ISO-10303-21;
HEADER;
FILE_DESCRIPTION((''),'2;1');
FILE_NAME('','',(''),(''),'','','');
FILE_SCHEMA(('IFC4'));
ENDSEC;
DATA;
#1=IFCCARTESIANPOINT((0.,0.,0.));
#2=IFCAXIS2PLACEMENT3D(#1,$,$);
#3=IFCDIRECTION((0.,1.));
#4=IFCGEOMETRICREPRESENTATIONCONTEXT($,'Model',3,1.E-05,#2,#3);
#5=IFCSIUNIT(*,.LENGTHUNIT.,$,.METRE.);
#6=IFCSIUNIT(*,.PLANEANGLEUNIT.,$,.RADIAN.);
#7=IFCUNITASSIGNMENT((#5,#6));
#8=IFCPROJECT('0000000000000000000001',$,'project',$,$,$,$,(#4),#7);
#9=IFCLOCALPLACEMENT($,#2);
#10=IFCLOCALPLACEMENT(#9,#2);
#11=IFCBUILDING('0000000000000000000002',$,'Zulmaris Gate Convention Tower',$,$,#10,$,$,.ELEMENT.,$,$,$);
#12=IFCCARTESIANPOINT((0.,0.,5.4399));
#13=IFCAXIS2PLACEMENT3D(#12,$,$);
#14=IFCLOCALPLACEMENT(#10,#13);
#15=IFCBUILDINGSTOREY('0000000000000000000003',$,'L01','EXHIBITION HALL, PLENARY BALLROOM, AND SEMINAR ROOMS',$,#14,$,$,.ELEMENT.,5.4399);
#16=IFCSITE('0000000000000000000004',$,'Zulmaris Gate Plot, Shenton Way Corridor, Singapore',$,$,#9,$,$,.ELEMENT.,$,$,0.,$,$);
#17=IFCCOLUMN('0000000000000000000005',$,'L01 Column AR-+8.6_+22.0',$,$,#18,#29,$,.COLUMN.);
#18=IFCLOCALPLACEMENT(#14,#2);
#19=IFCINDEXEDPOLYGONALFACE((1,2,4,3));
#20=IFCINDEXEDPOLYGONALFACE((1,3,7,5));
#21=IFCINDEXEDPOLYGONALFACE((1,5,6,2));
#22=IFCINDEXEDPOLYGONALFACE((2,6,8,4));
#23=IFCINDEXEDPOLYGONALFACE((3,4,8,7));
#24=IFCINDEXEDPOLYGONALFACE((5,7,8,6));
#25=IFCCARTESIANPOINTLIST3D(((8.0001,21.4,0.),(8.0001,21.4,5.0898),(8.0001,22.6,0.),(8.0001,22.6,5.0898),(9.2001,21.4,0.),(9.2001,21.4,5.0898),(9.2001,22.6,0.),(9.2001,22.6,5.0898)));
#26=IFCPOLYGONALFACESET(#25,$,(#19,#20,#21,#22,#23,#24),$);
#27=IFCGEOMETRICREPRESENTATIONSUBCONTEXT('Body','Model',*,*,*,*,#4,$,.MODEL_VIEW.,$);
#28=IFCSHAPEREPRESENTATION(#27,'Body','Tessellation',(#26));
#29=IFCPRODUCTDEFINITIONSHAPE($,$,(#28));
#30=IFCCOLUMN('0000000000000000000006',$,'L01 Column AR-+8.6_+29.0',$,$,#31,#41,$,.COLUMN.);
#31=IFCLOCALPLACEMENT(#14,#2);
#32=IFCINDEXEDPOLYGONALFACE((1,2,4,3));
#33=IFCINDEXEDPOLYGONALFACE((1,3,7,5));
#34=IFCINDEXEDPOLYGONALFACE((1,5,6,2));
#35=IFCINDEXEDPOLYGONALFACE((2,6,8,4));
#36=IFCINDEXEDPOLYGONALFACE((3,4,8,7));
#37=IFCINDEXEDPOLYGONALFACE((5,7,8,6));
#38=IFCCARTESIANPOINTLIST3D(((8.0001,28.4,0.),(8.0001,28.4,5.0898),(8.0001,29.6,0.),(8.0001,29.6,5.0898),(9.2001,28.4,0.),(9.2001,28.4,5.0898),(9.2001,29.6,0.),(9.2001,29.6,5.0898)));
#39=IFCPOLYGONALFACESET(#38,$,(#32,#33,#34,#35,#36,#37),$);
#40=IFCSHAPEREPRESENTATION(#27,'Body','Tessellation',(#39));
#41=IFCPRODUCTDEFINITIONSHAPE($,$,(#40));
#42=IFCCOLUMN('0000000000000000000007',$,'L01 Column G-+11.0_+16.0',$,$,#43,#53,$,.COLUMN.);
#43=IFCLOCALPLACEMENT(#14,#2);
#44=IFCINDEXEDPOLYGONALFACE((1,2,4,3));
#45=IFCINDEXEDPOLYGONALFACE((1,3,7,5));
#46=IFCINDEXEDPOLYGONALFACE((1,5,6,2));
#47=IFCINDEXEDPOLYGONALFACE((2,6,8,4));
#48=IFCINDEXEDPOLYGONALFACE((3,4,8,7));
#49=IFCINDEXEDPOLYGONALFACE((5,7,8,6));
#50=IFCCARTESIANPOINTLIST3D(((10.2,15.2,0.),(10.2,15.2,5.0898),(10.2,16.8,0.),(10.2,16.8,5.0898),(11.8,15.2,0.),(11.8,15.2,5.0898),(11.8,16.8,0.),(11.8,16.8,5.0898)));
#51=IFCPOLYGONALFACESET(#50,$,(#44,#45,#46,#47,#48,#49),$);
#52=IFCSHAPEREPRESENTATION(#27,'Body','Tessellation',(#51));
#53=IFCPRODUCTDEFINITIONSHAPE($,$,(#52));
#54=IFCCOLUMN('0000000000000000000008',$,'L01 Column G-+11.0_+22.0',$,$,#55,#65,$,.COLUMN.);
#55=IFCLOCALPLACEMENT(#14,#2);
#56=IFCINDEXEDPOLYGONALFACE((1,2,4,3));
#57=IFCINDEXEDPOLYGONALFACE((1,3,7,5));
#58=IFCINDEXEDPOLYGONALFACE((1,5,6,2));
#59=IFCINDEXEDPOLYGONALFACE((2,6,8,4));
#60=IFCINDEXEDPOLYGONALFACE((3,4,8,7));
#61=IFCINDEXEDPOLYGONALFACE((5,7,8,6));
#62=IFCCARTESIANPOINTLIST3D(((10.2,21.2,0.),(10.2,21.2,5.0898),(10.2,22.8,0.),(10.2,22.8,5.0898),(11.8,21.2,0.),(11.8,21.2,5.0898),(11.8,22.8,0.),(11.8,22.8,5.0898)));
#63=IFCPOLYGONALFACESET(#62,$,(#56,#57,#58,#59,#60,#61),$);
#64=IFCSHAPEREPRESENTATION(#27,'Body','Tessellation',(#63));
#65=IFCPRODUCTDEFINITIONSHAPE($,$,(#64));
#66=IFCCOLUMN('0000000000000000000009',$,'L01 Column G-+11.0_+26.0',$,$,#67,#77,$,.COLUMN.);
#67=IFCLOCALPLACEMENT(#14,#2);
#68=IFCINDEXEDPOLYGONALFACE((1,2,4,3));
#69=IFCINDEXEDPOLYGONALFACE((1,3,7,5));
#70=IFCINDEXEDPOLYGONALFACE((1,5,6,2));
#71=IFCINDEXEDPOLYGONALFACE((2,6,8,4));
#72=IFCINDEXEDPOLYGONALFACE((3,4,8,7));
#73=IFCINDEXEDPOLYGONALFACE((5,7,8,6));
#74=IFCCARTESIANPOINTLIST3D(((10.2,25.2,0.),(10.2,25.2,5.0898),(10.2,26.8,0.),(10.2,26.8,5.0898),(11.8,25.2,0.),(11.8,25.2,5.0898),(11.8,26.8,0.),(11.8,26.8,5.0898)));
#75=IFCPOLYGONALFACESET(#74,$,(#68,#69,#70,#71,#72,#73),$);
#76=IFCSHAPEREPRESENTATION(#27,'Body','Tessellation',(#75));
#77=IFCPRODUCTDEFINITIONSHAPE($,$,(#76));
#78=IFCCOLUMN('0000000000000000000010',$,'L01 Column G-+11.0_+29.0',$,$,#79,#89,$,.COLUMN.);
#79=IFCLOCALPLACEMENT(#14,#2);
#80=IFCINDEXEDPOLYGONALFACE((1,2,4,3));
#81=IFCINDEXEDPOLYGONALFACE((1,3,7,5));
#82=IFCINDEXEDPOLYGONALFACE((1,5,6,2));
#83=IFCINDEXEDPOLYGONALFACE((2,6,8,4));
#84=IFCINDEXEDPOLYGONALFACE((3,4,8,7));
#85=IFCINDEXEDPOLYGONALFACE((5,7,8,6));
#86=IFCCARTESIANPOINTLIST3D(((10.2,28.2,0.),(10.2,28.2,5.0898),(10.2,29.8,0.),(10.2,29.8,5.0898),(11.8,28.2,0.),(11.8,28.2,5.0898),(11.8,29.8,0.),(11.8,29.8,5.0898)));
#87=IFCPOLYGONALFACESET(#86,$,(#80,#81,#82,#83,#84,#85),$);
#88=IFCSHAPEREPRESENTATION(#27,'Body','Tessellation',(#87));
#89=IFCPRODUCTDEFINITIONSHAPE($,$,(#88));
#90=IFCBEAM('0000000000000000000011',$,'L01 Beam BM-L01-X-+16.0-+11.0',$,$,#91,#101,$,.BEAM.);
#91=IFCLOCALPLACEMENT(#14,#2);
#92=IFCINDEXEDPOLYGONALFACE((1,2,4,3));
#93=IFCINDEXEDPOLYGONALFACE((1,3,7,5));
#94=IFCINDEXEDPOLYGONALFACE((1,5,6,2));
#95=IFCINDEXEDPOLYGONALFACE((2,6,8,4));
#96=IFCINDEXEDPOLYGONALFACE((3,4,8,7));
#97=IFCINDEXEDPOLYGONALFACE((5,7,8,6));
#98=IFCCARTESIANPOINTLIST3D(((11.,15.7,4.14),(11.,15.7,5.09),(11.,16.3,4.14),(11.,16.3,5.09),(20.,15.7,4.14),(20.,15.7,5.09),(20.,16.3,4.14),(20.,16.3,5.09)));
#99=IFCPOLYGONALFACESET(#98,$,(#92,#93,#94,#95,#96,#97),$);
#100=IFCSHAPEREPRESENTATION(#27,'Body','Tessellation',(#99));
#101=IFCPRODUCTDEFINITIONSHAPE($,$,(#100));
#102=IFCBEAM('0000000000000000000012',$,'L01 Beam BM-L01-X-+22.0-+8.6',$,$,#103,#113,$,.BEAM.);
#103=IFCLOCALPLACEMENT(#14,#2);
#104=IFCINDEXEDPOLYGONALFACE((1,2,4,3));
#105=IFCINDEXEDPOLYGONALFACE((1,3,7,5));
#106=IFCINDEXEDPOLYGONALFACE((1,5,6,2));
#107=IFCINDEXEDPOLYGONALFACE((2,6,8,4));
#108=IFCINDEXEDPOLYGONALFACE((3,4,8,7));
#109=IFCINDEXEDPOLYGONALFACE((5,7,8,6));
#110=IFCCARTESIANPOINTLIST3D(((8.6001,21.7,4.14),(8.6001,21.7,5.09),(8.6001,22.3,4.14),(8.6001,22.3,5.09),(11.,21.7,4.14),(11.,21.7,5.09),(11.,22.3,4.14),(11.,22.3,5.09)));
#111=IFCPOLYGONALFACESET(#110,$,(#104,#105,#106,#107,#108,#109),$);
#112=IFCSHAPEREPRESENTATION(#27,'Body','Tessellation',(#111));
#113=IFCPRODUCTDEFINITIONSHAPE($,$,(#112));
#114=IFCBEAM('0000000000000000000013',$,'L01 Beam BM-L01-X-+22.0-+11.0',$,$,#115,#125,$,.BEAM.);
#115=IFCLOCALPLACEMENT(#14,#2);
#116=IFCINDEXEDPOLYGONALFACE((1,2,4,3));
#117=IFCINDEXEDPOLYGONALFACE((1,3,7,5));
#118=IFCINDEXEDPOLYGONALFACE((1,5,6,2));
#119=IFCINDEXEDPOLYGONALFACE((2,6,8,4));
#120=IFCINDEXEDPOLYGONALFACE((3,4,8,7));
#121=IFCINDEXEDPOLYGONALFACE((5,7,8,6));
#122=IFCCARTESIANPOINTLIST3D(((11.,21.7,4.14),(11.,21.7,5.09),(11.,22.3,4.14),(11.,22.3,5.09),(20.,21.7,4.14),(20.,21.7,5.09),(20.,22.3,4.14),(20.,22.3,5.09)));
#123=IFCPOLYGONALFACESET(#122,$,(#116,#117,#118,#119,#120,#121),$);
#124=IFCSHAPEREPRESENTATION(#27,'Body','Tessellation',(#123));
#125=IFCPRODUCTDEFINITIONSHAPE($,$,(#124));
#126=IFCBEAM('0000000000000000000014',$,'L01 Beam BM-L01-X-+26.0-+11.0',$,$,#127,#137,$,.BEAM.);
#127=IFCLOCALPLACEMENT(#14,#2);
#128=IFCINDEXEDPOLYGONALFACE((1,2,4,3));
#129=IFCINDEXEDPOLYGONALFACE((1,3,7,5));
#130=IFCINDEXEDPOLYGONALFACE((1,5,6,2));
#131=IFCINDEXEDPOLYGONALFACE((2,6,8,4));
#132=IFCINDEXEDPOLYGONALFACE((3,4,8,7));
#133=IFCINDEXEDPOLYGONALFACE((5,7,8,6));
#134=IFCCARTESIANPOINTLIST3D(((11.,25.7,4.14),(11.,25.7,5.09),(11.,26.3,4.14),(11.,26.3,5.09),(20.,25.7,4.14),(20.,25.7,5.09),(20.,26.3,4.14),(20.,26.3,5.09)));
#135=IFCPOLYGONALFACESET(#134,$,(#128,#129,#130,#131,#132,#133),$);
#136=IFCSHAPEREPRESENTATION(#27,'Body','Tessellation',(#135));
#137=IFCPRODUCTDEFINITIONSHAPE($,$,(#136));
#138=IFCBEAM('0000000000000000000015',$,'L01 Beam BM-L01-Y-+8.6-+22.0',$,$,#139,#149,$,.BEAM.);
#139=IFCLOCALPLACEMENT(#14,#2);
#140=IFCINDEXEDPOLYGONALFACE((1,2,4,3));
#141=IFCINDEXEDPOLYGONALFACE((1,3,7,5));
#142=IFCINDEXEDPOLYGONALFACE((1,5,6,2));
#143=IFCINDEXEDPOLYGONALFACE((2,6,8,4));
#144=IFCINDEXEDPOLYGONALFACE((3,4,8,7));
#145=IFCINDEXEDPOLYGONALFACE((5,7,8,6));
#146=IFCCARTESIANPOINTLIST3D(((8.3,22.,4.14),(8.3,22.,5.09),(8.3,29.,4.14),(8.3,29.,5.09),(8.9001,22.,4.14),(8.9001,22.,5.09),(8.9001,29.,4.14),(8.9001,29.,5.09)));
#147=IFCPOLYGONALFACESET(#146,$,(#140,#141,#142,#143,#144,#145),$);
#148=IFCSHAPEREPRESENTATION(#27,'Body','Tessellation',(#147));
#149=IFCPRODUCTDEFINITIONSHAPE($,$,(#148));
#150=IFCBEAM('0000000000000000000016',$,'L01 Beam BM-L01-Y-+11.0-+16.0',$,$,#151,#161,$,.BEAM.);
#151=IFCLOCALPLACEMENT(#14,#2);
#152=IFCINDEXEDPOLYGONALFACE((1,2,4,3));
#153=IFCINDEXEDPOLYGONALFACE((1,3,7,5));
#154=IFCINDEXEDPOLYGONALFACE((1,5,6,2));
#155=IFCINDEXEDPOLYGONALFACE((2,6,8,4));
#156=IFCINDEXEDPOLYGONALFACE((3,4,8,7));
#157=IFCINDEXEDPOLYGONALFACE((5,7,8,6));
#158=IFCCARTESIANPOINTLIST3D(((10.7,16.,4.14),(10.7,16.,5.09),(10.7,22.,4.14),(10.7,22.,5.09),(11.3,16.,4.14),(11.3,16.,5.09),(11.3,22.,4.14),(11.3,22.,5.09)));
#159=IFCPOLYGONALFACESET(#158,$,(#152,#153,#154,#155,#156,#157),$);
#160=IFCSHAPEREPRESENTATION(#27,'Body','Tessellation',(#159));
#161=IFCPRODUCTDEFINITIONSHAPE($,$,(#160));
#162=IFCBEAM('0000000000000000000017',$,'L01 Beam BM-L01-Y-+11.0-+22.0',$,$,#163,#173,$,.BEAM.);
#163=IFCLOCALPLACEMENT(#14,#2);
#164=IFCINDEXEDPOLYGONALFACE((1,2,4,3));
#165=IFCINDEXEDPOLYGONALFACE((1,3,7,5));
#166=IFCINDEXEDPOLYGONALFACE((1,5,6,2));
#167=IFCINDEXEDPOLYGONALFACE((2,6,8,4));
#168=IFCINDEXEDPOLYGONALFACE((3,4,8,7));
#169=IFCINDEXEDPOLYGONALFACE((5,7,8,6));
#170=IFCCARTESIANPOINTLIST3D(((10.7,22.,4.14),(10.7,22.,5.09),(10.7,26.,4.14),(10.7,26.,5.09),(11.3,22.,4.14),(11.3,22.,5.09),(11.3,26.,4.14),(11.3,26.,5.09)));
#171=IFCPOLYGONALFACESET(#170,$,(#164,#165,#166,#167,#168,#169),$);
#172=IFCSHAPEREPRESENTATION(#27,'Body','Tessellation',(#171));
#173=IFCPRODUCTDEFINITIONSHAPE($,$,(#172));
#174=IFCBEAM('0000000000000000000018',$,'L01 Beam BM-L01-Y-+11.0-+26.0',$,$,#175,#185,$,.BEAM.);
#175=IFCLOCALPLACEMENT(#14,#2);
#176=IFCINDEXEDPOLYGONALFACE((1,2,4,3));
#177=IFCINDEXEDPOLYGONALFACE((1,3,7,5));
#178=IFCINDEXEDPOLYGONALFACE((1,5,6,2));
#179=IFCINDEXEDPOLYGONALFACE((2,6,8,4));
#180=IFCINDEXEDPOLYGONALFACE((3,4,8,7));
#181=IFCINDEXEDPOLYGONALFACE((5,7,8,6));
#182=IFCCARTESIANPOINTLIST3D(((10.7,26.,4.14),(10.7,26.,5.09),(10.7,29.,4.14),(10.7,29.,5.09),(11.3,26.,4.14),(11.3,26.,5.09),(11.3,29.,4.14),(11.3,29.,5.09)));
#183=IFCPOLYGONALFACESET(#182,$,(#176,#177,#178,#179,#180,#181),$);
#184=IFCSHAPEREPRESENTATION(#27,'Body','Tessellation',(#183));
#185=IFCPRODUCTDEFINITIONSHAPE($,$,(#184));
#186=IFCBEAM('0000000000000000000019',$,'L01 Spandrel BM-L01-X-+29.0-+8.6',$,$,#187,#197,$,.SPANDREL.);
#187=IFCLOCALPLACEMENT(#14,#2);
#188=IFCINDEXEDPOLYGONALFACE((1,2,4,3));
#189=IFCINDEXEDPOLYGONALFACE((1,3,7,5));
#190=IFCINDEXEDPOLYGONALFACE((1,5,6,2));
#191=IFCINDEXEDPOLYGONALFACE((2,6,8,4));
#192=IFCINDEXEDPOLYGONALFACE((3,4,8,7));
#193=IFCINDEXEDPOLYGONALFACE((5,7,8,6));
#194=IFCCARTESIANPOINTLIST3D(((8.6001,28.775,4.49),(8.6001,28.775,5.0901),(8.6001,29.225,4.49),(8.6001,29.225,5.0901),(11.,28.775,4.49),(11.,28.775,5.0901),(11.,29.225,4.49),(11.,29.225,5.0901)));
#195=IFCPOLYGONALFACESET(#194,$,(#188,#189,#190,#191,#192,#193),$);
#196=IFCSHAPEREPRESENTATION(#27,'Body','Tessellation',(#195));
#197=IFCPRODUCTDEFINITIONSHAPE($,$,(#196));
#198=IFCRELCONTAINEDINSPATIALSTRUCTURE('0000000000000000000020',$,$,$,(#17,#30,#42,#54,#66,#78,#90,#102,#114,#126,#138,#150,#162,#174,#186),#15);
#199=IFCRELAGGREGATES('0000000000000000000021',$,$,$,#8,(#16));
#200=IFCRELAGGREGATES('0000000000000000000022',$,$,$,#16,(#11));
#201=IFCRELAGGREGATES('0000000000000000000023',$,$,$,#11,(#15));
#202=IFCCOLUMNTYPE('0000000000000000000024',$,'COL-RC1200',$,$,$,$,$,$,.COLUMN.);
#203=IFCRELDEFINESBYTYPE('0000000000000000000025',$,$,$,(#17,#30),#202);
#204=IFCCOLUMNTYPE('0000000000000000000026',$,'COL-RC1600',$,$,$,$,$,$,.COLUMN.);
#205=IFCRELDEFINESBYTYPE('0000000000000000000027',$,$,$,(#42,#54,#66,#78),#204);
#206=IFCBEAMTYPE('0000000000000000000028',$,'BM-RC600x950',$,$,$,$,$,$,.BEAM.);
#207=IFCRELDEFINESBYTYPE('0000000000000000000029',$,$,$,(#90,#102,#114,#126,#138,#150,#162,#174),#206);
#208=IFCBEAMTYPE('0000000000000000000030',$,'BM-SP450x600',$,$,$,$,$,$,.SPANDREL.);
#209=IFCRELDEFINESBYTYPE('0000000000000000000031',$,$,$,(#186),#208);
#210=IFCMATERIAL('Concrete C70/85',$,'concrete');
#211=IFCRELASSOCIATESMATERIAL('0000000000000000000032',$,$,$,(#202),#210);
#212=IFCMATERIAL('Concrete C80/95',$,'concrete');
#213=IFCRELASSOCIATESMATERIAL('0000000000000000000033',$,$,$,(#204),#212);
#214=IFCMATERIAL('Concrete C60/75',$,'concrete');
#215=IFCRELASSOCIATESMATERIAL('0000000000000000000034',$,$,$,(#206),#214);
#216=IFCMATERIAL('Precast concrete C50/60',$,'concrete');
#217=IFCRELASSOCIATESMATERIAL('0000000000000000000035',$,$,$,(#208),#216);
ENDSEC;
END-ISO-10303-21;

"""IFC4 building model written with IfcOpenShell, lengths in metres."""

from ifc_helpers import new_model, si_unit, direction, frame, origin, origin_2d, place, context, subcontext, project, spatial, rectangle, extrude, material, material_profile, profile_set, type_object, element, save


model = new_model("IFC4")

# Units and contexts
model_context = context("Model", 3, precision=1e-05, world=origin(), true_north=direction((0.0, 1.0)))
body_context = subcontext(model_context, "Body", "Model", "MODEL_VIEW")
ifc_project = project(units=[si_unit("LENGTHUNIT", "METRE"), si_unit("PLANEANGLEUNIT", "RADIAN")], contexts=[model_context])

# Site, building, storey
site_placement = place(None, origin())
site = spatial("IfcSite", under=ifc_project, at=site_placement, Name="Zulmaris Gate Plot, Shenton Way Corridor, Singapore", CompositionType="ELEMENT", RefElevation=0.0)
building_placement = place(site_placement, origin())
building = spatial("IfcBuilding", under=site, at=building_placement, Name="Zulmaris Gate Convention Tower", CompositionType="ELEMENT")
storey_placement = place(building_placement, frame((0.0, 0.0, 5.4399)))
storey = spatial("IfcBuildingStorey", under=building, at=storey_placement, Name="L01", Description="EXHIBITION HALL, PLENARY BALLROOM, AND SEMINAR ROOMS", CompositionType="ELEMENT", Elevation=5.4399)

# Columns
ifc_material_1 = material(Name="Concrete C70/85", Category="concrete")
ifc_material_profile_1 = material_profile(ifc_material_1, rectangle(XDim=1.2, YDim=1.2, at=origin_2d()), Name="RC COL 1200x1200")
ifc_profile_set_1 = profile_set([ifc_material_profile_1], Name="Concrete C70/85")
column_type_1 = type_object("IfcColumnType", Name="COL-RC1200", PredefinedType="COLUMN", material=ifc_profile_set_1)
for number, where, z_axis, x_axis, name in (
    (1, (8.6001, 22.0, 0.0), (0.0, 0.0, 1.0), (1.0, 0.0, 0.0), "L01 Column AR-+8.6_+22.0"),
    (2, (8.6001, 29.0, 0.0), (0.0, 0.0, 1.0), (1.0, 0.0, 0.0), "L01 Column AR-+8.6_+29.0"),
):
    element("IfcColumn", number, at=place(storey_placement, frame(where, z_axis=z_axis, x_axis=x_axis)), inside=storey, type_object=column_type_1, Name=name, PredefinedType="COLUMN", context=body_context, shape_type="SweptSolid", body=[
        extrude(rectangle(XDim=1.2, YDim=1.2, at=origin_2d()), origin(), (0.0, 0.0, 1.0), 5.0898),
    ])
ifc_material_2 = material(Name="Concrete C80/95", Category="concrete")
ifc_material_profile_2 = material_profile(ifc_material_2, rectangle(XDim=1.6001, YDim=1.6001, at=origin_2d()), Name="RC COL 1600x1600")
ifc_profile_set_2 = profile_set([ifc_material_profile_2], Name="Concrete C80/95")
column_type_2 = type_object("IfcColumnType", Name="COL-RC1600", PredefinedType="COLUMN", material=ifc_profile_set_2)
for number, where, z_axis, x_axis, name in (
    (3, (11.0, 16.0, 0.0), (0.0, 0.0, 1.0), (1.0, 0.0, 0.0), "L01 Column G-+11.0_+16.0"),
    (4, (11.0, 22.0, 0.0), (0.0, 0.0, 1.0), (1.0, 0.0, 0.0), "L01 Column G-+11.0_+22.0"),
    (5, (11.0, 26.0, 0.0), (0.0, 0.0, 1.0), (1.0, 0.0, 0.0), "L01 Column G-+11.0_+26.0"),
    (6, (11.0, 29.0, 0.0), (0.0, 0.0, 1.0), (1.0, 0.0, 0.0), "L01 Column G-+11.0_+29.0"),
):
    element("IfcColumn", number, at=place(storey_placement, frame(where, z_axis=z_axis, x_axis=x_axis)), inside=storey, type_object=column_type_2, Name=name, PredefinedType="COLUMN", context=body_context, shape_type="SweptSolid", body=[
        extrude(rectangle(XDim=1.6001, YDim=1.6001, at=origin_2d()), origin(), (0.0, 0.0, 1.0), 5.0898),
    ])

# Beams
ifc_material_3 = material(Name="Concrete C60/75", Category="concrete")
ifc_material_profile_3 = material_profile(ifc_material_3, rectangle(XDim=0.6001, YDim=0.95, at=origin_2d()), Name="RC BEAM 600x950")
ifc_profile_set_3 = profile_set([ifc_material_profile_3], Name="Concrete C60/75")
beam_type_1 = type_object("IfcBeamType", Name="BM-RC600x950", PredefinedType="BEAM", material=ifc_profile_set_3)
beam_1_placement = place(storey_placement, frame((11.0, 16.0, 4.615), z_axis=(1.0, 0.0, 0.0), x_axis=(0.0, 1.0, 0.0)))
element("IfcBeam", 7, at=beam_1_placement, inside=storey, type_object=beam_type_1, Name="L01 Beam BM-L01-X-+16.0-+11.0", PredefinedType="BEAM", context=body_context, shape_type="SweptSolid", body=[
    extrude(rectangle(XDim=0.6001, YDim=0.95, at=origin_2d()), origin(), (0.0, 0.0, 1.0), 9.0),
])
beam_2_placement = place(storey_placement, frame((8.6001, 22.0, 4.615), z_axis=(1.0, 0.0, 0.0), x_axis=(0.0, 1.0, 0.0)))
element("IfcBeam", 8, at=beam_2_placement, inside=storey, type_object=beam_type_1, Name="L01 Beam BM-L01-X-+22.0-+8.6", PredefinedType="BEAM", context=body_context, shape_type="SweptSolid", body=[
    extrude(rectangle(XDim=0.6001, YDim=0.95, at=origin_2d()), origin(), (0.0, 0.0, 1.0), 2.3999),
])
for number, where, z_axis, x_axis, name in (
    (9, (11.0, 22.0, 4.615), (1.0, 0.0, 0.0), (0.0, 1.0, 0.0), "L01 Beam BM-L01-X-+22.0-+11.0"),
    (10, (11.0, 26.0, 4.615), (1.0, 0.0, 0.0), (0.0, 1.0, 0.0), "L01 Beam BM-L01-X-+26.0-+11.0"),
):
    element("IfcBeam", number, at=place(storey_placement, frame(where, z_axis=z_axis, x_axis=x_axis)), inside=storey, type_object=beam_type_1, Name=name, PredefinedType="BEAM", context=body_context, shape_type="SweptSolid", body=[
        extrude(rectangle(XDim=0.6001, YDim=0.95, at=origin_2d()), origin(), (0.0, 0.0, 1.0), 9.0),
    ])
beam_3_placement = place(storey_placement, frame((8.6001, 22.0, 4.615), z_axis=(0.0, 1.0, 0.0), x_axis=(-1.0, 0.0, 0.0)))
element("IfcBeam", 11, at=beam_3_placement, inside=storey, type_object=beam_type_1, Name="L01 Beam BM-L01-Y-+8.6-+22.0", PredefinedType="BEAM", context=body_context, shape_type="SweptSolid", body=[
    extrude(rectangle(XDim=0.6001, YDim=0.95, at=origin_2d()), origin(), (0.0, 0.0, 1.0), 7.0),
])
beam_4_placement = place(storey_placement, frame((11.0, 16.0, 4.615), z_axis=(0.0, 1.0, 0.0), x_axis=(-1.0, 0.0, 0.0)))
element("IfcBeam", 12, at=beam_4_placement, inside=storey, type_object=beam_type_1, Name="L01 Beam BM-L01-Y-+11.0-+16.0", PredefinedType="BEAM", context=body_context, shape_type="SweptSolid", body=[
    extrude(rectangle(XDim=0.6001, YDim=0.95, at=origin_2d()), origin(), (0.0, 0.0, 1.0), 6.0),
])
beam_5_placement = place(storey_placement, frame((11.0, 22.0, 4.615), z_axis=(0.0, 1.0, 0.0), x_axis=(-1.0, 0.0, 0.0)))
element("IfcBeam", 13, at=beam_5_placement, inside=storey, type_object=beam_type_1, Name="L01 Beam BM-L01-Y-+11.0-+22.0", PredefinedType="BEAM", context=body_context, shape_type="SweptSolid", body=[
    extrude(rectangle(XDim=0.6001, YDim=0.95, at=origin_2d()), origin(), (0.0, 0.0, 1.0), 4.0),
])
beam_6_placement = place(storey_placement, frame((11.0, 26.0, 4.615), z_axis=(0.0, 1.0, 0.0), x_axis=(-1.0, 0.0, 0.0)))
element("IfcBeam", 14, at=beam_6_placement, inside=storey, type_object=beam_type_1, Name="L01 Beam BM-L01-Y-+11.0-+26.0", PredefinedType="BEAM", context=body_context, shape_type="SweptSolid", body=[
    extrude(rectangle(XDim=0.6001, YDim=0.95, at=origin_2d()), origin(), (0.0, 0.0, 1.0), 3.0),
])
ifc_material_4 = material(Name="Precast concrete C50/60", Category="concrete")
ifc_material_profile_4 = material_profile(ifc_material_4, rectangle(XDim=0.45, YDim=0.6001, at=origin_2d()), Name="RC SPANDREL 450x600")
ifc_profile_set_4 = profile_set([ifc_material_profile_4], Name="Precast concrete C50/60")
beam_type_2 = type_object("IfcBeamType", Name="BM-SP450x600", PredefinedType="SPANDREL", material=ifc_profile_set_4)
beam_7_placement = place(storey_placement, frame((8.6001, 29.0, 4.79), z_axis=(1.0, 0.0, 0.0), x_axis=(0.0, 1.0, 0.0)))
element("IfcBeam", 15, at=beam_7_placement, inside=storey, type_object=beam_type_2, Name="L01 Spandrel BM-L01-X-+29.0-+8.6", PredefinedType="SPANDREL", context=body_context, shape_type="SweptSolid", body=[
    extrude(rectangle(XDim=0.45, YDim=0.6001, at=origin_2d()), origin(), (0.0, 0.0, 1.0), 2.3999),
])

save(model, "model.ifc")
